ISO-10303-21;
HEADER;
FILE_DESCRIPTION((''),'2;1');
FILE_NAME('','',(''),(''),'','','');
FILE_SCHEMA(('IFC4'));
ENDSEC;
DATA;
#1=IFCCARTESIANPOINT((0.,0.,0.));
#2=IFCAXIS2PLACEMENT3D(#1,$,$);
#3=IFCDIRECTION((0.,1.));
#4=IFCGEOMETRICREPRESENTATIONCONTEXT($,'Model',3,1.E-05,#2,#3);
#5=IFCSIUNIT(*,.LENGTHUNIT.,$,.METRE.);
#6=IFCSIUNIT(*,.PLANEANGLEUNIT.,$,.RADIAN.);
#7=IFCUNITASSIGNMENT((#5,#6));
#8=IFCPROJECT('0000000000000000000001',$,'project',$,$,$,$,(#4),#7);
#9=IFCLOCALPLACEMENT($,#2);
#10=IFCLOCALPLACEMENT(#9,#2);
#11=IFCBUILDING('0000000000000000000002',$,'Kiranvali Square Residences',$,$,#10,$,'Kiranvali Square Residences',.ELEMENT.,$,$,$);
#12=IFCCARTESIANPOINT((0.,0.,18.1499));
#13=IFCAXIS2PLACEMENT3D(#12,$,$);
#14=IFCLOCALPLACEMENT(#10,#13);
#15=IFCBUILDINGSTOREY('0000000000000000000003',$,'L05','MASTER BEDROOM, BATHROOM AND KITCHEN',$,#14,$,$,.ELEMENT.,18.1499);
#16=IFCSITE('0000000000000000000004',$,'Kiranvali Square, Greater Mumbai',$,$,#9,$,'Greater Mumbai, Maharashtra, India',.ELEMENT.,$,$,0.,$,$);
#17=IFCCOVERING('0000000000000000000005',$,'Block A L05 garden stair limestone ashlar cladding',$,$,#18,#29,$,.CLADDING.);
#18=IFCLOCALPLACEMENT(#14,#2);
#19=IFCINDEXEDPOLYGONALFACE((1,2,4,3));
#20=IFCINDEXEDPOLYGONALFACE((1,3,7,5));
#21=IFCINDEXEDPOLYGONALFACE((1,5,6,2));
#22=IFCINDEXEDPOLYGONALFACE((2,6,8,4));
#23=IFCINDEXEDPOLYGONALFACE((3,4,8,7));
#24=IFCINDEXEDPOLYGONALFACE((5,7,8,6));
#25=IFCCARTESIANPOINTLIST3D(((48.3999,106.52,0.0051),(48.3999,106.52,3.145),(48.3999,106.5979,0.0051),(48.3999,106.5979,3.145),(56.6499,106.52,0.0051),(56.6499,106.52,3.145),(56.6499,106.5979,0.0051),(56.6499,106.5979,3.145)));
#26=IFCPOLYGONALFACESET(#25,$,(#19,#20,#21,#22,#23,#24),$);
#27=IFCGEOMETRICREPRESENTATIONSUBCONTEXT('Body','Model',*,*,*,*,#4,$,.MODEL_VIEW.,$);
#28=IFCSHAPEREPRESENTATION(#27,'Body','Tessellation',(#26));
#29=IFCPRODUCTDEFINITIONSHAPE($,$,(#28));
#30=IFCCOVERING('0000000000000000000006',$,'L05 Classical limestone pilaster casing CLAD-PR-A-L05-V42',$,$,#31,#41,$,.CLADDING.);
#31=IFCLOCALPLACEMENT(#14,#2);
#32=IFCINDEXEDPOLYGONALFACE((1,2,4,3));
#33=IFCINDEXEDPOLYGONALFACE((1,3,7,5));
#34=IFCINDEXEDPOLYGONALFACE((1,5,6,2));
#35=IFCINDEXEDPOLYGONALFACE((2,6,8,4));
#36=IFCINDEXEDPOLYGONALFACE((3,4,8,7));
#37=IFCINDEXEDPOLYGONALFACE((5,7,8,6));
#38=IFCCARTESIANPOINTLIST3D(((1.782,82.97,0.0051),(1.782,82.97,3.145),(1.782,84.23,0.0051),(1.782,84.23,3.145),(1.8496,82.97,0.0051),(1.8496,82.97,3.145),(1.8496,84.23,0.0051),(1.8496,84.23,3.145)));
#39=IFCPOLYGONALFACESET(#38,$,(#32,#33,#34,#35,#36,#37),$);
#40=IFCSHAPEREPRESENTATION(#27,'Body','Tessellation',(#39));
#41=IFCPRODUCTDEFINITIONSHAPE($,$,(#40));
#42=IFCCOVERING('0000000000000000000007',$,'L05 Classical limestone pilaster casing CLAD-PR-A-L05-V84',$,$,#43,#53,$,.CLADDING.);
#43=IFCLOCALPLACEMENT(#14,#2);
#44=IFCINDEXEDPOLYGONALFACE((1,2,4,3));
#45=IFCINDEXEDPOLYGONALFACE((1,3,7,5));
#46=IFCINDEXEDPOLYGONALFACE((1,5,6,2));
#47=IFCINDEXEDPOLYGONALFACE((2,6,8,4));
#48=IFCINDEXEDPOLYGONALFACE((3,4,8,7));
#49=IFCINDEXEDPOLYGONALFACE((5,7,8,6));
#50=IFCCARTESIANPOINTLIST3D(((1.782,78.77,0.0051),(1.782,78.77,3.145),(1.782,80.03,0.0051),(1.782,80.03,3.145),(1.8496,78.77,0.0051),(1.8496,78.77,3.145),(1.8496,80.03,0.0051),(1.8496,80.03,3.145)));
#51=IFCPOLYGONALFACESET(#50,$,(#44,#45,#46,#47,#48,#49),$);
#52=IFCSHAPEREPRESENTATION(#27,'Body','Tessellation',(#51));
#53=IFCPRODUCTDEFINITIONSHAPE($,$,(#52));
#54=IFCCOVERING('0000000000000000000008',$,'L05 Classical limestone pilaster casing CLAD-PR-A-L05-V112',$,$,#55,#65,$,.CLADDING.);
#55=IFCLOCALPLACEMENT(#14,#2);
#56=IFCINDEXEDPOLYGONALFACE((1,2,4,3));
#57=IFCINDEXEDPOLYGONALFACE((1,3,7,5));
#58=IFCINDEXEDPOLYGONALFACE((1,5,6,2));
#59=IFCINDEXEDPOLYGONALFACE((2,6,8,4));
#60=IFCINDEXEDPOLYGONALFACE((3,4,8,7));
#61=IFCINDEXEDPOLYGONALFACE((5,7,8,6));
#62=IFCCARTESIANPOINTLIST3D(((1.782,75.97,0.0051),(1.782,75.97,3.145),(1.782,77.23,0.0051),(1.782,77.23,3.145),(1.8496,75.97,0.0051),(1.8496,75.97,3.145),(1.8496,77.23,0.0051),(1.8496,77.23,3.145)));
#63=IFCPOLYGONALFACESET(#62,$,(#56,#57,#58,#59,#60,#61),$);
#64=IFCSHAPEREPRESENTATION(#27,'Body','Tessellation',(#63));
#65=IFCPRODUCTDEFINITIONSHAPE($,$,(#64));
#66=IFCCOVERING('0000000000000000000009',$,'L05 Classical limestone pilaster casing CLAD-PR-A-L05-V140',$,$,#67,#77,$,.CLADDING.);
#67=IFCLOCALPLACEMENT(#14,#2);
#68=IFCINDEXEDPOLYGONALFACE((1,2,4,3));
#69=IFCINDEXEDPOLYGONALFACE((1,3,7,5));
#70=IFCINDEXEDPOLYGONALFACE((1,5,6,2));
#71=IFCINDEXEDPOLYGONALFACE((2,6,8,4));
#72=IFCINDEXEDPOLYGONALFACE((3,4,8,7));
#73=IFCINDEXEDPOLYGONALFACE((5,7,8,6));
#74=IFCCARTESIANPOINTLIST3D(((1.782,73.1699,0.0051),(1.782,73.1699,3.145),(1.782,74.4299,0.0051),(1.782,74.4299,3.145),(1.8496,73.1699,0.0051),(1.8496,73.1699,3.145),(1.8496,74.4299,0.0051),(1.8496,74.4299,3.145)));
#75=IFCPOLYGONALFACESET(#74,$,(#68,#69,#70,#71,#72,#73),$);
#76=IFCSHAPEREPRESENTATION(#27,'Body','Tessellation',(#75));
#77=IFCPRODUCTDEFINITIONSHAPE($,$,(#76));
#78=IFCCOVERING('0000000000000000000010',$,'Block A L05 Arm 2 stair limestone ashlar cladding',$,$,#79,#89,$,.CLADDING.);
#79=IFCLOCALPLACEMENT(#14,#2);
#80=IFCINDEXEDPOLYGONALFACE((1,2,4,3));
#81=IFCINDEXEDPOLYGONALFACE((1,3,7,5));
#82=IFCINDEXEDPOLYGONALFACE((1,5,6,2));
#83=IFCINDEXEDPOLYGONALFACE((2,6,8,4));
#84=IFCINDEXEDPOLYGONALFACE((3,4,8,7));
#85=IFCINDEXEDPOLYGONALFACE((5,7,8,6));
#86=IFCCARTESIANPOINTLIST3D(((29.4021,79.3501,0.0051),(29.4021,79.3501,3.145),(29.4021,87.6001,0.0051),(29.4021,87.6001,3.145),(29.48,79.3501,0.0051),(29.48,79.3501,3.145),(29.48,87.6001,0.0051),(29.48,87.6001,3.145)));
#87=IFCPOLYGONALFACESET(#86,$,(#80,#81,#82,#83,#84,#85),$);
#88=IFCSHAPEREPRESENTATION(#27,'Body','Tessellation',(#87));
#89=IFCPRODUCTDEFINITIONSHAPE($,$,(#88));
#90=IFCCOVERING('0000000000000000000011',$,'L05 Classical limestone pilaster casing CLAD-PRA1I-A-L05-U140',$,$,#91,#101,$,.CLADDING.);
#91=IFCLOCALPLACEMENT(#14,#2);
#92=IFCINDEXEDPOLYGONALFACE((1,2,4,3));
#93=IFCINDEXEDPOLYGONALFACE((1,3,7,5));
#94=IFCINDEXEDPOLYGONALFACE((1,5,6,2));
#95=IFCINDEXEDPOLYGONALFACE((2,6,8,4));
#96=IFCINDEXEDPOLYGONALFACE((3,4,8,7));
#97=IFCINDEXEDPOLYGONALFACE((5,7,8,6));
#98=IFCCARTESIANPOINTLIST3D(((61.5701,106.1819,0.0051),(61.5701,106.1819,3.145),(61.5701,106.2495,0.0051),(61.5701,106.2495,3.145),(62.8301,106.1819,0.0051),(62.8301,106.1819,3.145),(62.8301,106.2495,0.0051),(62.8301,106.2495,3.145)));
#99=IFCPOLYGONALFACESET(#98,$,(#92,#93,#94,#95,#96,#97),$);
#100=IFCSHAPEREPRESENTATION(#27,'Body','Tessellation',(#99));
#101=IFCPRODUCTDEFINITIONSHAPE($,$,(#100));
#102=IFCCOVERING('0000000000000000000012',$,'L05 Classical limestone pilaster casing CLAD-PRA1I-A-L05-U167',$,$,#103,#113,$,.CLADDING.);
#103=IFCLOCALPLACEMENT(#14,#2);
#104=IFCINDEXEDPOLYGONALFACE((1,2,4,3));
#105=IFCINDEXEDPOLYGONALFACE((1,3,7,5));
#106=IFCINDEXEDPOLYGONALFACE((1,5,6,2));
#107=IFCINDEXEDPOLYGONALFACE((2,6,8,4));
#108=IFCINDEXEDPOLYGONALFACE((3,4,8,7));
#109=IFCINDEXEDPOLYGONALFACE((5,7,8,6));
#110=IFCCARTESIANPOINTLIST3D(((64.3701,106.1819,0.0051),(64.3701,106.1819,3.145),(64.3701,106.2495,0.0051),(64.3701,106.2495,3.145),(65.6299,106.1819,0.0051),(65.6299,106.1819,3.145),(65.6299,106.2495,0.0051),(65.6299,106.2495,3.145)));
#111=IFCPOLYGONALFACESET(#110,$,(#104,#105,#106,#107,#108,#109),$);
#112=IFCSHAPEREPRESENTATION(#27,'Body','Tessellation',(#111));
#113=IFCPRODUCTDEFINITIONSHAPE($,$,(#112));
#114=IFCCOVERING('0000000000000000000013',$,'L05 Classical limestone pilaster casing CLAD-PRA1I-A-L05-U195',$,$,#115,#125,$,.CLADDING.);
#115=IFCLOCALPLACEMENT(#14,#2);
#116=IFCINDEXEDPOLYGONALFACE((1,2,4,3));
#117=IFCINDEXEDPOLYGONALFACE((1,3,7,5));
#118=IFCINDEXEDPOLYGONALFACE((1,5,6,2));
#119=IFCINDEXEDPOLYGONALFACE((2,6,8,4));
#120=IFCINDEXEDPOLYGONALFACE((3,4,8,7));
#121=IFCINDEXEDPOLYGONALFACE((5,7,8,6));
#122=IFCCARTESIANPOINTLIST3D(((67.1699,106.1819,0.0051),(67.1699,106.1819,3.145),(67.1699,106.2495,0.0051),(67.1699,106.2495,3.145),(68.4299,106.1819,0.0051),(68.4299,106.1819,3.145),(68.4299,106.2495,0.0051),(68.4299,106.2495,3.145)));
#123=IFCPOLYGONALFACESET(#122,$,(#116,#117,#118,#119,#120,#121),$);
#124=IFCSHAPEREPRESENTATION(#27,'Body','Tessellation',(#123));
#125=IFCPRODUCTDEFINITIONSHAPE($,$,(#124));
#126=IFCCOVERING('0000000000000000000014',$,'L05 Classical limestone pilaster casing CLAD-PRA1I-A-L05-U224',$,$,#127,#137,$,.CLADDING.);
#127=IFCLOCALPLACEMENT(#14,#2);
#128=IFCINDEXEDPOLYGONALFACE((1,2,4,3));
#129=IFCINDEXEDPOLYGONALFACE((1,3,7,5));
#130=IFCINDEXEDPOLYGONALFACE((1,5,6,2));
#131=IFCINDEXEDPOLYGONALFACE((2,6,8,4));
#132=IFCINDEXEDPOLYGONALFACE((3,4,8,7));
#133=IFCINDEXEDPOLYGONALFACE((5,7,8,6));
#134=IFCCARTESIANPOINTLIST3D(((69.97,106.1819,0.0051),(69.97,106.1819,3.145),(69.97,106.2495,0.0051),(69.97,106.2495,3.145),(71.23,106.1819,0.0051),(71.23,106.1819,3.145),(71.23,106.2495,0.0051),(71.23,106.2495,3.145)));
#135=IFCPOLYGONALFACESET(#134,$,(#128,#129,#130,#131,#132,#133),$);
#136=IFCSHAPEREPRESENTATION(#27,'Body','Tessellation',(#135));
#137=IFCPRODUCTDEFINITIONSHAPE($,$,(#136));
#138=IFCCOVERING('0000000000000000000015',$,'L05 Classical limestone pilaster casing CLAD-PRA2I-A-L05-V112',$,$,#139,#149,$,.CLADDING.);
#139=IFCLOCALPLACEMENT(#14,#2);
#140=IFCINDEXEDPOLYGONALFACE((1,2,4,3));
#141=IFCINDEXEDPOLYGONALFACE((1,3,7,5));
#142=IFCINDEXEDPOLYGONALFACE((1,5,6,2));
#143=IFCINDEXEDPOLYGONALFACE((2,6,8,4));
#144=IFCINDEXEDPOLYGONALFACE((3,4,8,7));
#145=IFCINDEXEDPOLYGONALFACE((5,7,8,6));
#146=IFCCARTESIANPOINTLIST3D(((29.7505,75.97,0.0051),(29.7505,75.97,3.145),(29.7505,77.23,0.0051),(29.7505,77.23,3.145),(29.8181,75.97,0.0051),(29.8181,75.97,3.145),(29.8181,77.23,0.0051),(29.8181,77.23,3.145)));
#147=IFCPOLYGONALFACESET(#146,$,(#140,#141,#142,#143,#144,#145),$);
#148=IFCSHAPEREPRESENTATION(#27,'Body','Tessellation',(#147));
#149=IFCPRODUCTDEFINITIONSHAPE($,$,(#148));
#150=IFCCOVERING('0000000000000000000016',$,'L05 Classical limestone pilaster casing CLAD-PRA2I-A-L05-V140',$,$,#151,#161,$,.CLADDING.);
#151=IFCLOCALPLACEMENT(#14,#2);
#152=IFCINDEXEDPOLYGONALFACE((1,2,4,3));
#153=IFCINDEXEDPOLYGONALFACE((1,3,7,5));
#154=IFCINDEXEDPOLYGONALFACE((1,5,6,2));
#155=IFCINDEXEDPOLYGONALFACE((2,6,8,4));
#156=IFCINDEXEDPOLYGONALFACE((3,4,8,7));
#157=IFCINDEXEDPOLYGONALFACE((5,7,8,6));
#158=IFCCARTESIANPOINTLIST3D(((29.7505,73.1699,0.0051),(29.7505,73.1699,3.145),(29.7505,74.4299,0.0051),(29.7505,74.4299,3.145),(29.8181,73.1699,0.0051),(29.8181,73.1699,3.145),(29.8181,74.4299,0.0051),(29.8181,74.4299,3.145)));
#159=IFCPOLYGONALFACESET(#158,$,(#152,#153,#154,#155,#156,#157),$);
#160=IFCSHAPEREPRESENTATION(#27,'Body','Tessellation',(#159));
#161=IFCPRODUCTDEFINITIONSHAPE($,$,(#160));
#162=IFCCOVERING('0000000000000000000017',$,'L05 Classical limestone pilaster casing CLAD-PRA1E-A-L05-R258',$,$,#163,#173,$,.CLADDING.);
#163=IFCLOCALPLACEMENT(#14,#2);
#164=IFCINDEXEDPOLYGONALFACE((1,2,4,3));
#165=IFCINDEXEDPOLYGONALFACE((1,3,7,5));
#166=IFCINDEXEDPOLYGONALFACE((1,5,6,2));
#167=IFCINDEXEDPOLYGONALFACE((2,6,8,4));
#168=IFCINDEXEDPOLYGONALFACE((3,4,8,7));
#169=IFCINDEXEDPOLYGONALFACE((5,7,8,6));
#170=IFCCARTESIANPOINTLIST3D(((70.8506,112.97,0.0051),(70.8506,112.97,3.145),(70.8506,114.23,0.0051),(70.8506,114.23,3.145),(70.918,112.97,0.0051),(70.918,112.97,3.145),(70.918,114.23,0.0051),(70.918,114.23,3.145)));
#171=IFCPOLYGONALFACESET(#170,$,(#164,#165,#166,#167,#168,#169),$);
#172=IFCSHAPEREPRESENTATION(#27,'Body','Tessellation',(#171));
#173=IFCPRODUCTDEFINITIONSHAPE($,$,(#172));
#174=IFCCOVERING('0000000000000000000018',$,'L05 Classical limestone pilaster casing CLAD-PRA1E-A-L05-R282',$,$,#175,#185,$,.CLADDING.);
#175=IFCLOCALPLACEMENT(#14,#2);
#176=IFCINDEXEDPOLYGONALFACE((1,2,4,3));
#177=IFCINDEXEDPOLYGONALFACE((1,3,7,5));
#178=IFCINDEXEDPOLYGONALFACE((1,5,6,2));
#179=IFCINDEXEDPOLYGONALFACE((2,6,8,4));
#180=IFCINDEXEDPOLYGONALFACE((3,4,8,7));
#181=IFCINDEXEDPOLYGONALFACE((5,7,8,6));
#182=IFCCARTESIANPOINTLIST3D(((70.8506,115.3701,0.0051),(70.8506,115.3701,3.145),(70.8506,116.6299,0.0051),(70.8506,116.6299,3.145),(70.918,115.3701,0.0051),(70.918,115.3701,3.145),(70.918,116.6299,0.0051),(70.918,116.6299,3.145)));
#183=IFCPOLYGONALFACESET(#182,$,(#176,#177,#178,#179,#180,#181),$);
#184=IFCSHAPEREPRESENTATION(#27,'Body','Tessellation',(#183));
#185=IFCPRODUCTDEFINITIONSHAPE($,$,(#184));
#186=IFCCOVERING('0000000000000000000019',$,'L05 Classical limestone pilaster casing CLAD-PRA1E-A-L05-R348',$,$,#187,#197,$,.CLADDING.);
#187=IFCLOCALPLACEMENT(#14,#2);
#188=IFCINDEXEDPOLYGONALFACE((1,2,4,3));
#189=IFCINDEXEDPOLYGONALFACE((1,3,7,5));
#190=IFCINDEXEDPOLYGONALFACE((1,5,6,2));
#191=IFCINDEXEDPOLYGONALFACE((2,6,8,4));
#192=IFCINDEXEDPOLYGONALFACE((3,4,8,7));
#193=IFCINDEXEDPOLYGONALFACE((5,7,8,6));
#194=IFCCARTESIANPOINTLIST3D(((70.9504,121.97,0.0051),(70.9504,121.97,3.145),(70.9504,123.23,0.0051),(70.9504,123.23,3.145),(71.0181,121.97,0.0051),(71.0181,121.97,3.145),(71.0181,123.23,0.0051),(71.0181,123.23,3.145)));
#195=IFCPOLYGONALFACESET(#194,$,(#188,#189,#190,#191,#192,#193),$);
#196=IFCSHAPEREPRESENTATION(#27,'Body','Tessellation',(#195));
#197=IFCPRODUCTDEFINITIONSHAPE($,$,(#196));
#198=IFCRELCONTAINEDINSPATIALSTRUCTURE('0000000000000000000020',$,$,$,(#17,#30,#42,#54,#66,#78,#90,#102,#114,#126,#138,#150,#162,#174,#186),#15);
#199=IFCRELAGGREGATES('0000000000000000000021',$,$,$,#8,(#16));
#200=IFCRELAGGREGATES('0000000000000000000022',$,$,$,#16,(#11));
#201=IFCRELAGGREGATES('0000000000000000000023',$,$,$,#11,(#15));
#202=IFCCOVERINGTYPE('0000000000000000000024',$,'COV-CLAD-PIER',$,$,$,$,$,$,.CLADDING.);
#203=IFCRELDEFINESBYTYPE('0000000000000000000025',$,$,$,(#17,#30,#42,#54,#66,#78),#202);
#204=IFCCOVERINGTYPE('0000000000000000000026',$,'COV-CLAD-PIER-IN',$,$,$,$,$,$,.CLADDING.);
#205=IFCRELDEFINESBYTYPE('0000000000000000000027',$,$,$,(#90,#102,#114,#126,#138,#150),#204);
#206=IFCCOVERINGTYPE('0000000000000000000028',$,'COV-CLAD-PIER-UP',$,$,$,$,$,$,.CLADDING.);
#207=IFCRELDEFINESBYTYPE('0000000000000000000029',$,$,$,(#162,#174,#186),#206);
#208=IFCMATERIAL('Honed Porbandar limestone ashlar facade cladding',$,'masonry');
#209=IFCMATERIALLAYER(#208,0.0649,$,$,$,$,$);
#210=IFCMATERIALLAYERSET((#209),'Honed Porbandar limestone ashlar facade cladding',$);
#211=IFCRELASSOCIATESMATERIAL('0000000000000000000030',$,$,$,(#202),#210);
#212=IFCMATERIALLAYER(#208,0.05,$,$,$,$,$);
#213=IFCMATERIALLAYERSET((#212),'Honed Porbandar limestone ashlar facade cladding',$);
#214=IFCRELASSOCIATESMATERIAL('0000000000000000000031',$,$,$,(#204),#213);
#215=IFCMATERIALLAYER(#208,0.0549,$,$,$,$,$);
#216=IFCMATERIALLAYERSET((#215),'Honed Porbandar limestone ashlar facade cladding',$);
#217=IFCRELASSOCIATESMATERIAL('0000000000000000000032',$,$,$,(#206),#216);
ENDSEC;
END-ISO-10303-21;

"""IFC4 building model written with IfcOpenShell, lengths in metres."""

from ifc_helpers import new_model, si_unit, direction, frame, origin, place, context, subcontext, project, spatial, polyline, outline, extrude, material, layer, layer_set, type_object, element, save


model = new_model("IFC4")

# Units and contexts
model_context = context("Model", 3, precision=1e-05, world=origin(), true_north=direction((0.0, 1.0)))
body_context = subcontext(model_context, "Body", "Model", "MODEL_VIEW")
ifc_project = project(units=[si_unit("LENGTHUNIT", "METRE"), si_unit("PLANEANGLEUNIT", "RADIAN")], contexts=[model_context])

# Site, building, storey
site_placement = place(None, origin())
site = spatial("IfcSite", under=ifc_project, at=site_placement, Name="Kiranvali Square, Greater Mumbai", LongName="Greater Mumbai, Maharashtra, India", CompositionType="ELEMENT", RefElevation=0.0)
building_placement = place(site_placement, origin())
building = spatial("IfcBuilding", under=site, at=building_placement, Name="Kiranvali Square Residences", LongName="Kiranvali Square Residences", CompositionType="ELEMENT")
storey_placement = place(building_placement, frame((0.0, 0.0, 18.1499)))
storey = spatial("IfcBuildingStorey", under=building, at=storey_placement, Name="L05", Description="MASTER BEDROOM, BATHROOM AND KITCHEN", CompositionType="ELEMENT", Elevation=18.1499)

# Coverings
ifc_material = material(Name="Honed Porbandar limestone ashlar facade cladding", Category="masonry")
ifc_layer_1 = layer(ifc_material, 0.0649)
ifc_layer_set_1 = layer_set([ifc_layer_1], Name="Honed Porbandar limestone ashlar facade cladding")
covering_type_1 = type_object("IfcCoveringType", Name="COV-CLAD-PIER", PredefinedType="CLADDING", material=ifc_layer_set_1)
covering_1_placement = place(storey_placement, frame((0.0, 0.0, 0.0051)))
element("IfcCovering", 1, at=covering_1_placement, inside=storey, type_object=covering_type_1, Name="Block A L05 garden stair limestone ashlar cladding", PredefinedType="CLADDING", context=body_context, shape_type="SweptSolid", body=[
    extrude(outline(polyline([(48.3999, 106.52), (56.6499, 106.52), (56.6499, 106.5979), (48.3999, 106.5979), (48.3999, 106.52)])), origin(), (0.0, 0.0, 1.0), 3.1399),
])
covering_2_placement = place(storey_placement, frame((0.0, 0.0, 0.0051)))
element("IfcCovering", 2, at=covering_2_placement, inside=storey, type_object=covering_type_1, Name="L05 Classical limestone pilaster casing CLAD-PR-A-L05-V42", PredefinedType="CLADDING", context=body_context, shape_type="SweptSolid", body=[
    extrude(outline(polyline([(1.782, 84.23), (1.782, 82.97), (1.8496, 82.97), (1.8496, 84.23), (1.782, 84.23)])), origin(), (0.0, 0.0, 1.0), 3.1399),
])
covering_3_placement = place(storey_placement, frame((0.0, 0.0, 0.0051)))
element("IfcCovering", 3, at=covering_3_placement, inside=storey, type_object=covering_type_1, Name="L05 Classical limestone pilaster casing CLAD-PR-A-L05-V84", PredefinedType="CLADDING", context=body_context, shape_type="SweptSolid", body=[
    extrude(outline(polyline([(1.782, 80.03), (1.782, 78.77), (1.8496, 78.77), (1.8496, 80.03), (1.782, 80.03)])), origin(), (0.0, 0.0, 1.0), 3.1399),
])
covering_4_placement = place(storey_placement, frame((0.0, 0.0, 0.0051)))
element("IfcCovering", 4, at=covering_4_placement, inside=storey, type_object=covering_type_1, Name="L05 Classical limestone pilaster casing CLAD-PR-A-L05-V112", PredefinedType="CLADDING", context=body_context, shape_type="SweptSolid", body=[
    extrude(outline(polyline([(1.782, 77.23), (1.782, 75.97), (1.8496, 75.97), (1.8496, 77.23), (1.782, 77.23)])), origin(), (0.0, 0.0, 1.0), 3.1399),
])
covering_5_placement = place(storey_placement, frame((0.0, 0.0, 0.0051)))
element("IfcCovering", 5, at=covering_5_placement, inside=storey, type_object=covering_type_1, Name="L05 Classical limestone pilaster casing CLAD-PR-A-L05-V140", PredefinedType="CLADDING", context=body_context, shape_type="SweptSolid", body=[
    extrude(outline(polyline([(1.782, 74.4299), (1.782, 73.1699), (1.8496, 73.1699), (1.8496, 74.4299), (1.782, 74.4299)])), origin(), (0.0, 0.0, 1.0), 3.1399),
])
covering_6_placement = place(storey_placement, frame((0.0, 0.0, 0.0051)))
element("IfcCovering", 6, at=covering_6_placement, inside=storey, type_object=covering_type_1, Name="Block A L05 Arm 2 stair limestone ashlar cladding", PredefinedType="CLADDING", context=body_context, shape_type="SweptSolid", body=[
    extrude(outline(polyline([(29.4021, 87.6001), (29.4021, 79.3501), (29.48, 79.3501), (29.48, 87.6001), (29.4021, 87.6001)])), origin(), (0.0, 0.0, 1.0), 3.1399),
])
ifc_layer_2 = layer(ifc_material, 0.05)
ifc_layer_set_2 = layer_set([ifc_layer_2], Name="Honed Porbandar limestone ashlar facade cladding")
covering_type_2 = type_object("IfcCoveringType", Name="COV-CLAD-PIER-IN", PredefinedType="CLADDING", material=ifc_layer_set_2)
covering_7_placement = place(storey_placement, frame((0.0, 0.0, 0.0051)))
element("IfcCovering", 7, at=covering_7_placement, inside=storey, type_object=covering_type_2, Name="L05 Classical limestone pilaster casing CLAD-PRA1I-A-L05-U140", PredefinedType="CLADDING", context=body_context, shape_type="SweptSolid", body=[
    extrude(outline(polyline([(61.5701, 106.1819), (62.8301, 106.1819), (62.8301, 106.2495), (61.5701, 106.2495), (61.5701, 106.1819)])), origin(), (0.0, 0.0, 1.0), 3.1399),
])
covering_8_placement = place(storey_placement, frame((0.0, 0.0, 0.0051)))
element("IfcCovering", 8, at=covering_8_placement, inside=storey, type_object=covering_type_2, Name="L05 Classical limestone pilaster casing CLAD-PRA1I-A-L05-U167", PredefinedType="CLADDING", context=body_context, shape_type="SweptSolid", body=[
    extrude(outline(polyline([(64.3701, 106.1819), (65.6299, 106.1819), (65.6299, 106.2495), (64.3701, 106.2495), (64.3701, 106.1819)])), origin(), (0.0, 0.0, 1.0), 3.1399),
])
covering_9_placement = place(storey_placement, frame((0.0, 0.0, 0.0051)))
element("IfcCovering", 9, at=covering_9_placement, inside=storey, type_object=covering_type_2, Name="L05 Classical limestone pilaster casing CLAD-PRA1I-A-L05-U195", PredefinedType="CLADDING", context=body_context, shape_type="SweptSolid", body=[
    extrude(outline(polyline([(67.1699, 106.1819), (68.4299, 106.1819), (68.4299, 106.2495), (67.1699, 106.2495), (67.1699, 106.1819)])), origin(), (0.0, 0.0, 1.0), 3.1399),
])
covering_10_placement = place(storey_placement, frame((0.0, 0.0, 0.0051)))
element("IfcCovering", 10, at=covering_10_placement, inside=storey, type_object=covering_type_2, Name="L05 Classical limestone pilaster casing CLAD-PRA1I-A-L05-U224", PredefinedType="CLADDING", context=body_context, shape_type="SweptSolid", body=[
    extrude(outline(polyline([(69.97, 106.1819), (71.23, 106.1819), (71.23, 106.2495), (69.97, 106.2495), (69.97, 106.1819)])), origin(), (0.0, 0.0, 1.0), 3.1399),
])
covering_11_placement = place(storey_placement, frame((0.0, 0.0, 0.0051)))
element("IfcCovering", 11, at=covering_11_placement, inside=storey, type_object=covering_type_2, Name="L05 Classical limestone pilaster casing CLAD-PRA2I-A-L05-V112", PredefinedType="CLADDING", context=body_context, shape_type="SweptSolid", body=[
    extrude(outline(polyline([(29.7505, 77.23), (29.7505, 75.97), (29.8181, 75.97), (29.8181, 77.23), (29.7505, 77.23)])), origin(), (0.0, 0.0, 1.0), 3.1399),
])
covering_12_placement = place(storey_placement, frame((0.0, 0.0, 0.0051)))
element("IfcCovering", 12, at=covering_12_placement, inside=storey, type_object=covering_type_2, Name="L05 Classical limestone pilaster casing CLAD-PRA2I-A-L05-V140", PredefinedType="CLADDING", context=body_context, shape_type="SweptSolid", body=[
    extrude(outline(polyline([(29.7505, 74.4299), (29.7505, 73.1699), (29.8181, 73.1699), (29.8181, 74.4299), (29.7505, 74.4299)])), origin(), (0.0, 0.0, 1.0), 3.1399),
])
ifc_layer_3 = layer(ifc_material, 0.0549)
ifc_layer_set_3 = layer_set([ifc_layer_3], Name="Honed Porbandar limestone ashlar facade cladding")
covering_type_3 = type_object("IfcCoveringType", Name="COV-CLAD-PIER-UP", PredefinedType="CLADDING", material=ifc_layer_set_3)
covering_13_placement = place(storey_placement, frame((0.0, 0.0, 0.0051)))
element("IfcCovering", 13, at=covering_13_placement, inside=storey, type_object=covering_type_3, Name="L05 Classical limestone pilaster casing CLAD-PRA1E-A-L05-R258", PredefinedType="CLADDING", context=body_context, shape_type="SweptSolid", body=[
    extrude(outline(polyline([(70.918, 112.97), (70.918, 114.23), (70.8506, 114.23), (70.8506, 112.97), (70.918, 112.97)])), origin(), (0.0, 0.0, 1.0), 3.1399),
])
covering_14_placement = place(storey_placement, frame((0.0, 0.0, 0.0051)))
element("IfcCovering", 14, at=covering_14_placement, inside=storey, type_object=covering_type_3, Name="L05 Classical limestone pilaster casing CLAD-PRA1E-A-L05-R282", PredefinedType="CLADDING", context=body_context, shape_type="SweptSolid", body=[
    extrude(outline(polyline([(70.918, 115.3701), (70.918, 116.6299), (70.8506, 116.6299), (70.8506, 115.3701), (70.918, 115.3701)])), origin(), (0.0, 0.0, 1.0), 3.1399),
])
covering_15_placement = place(storey_placement, frame((0.0, 0.0, 0.0051)))
element("IfcCovering", 15, at=covering_15_placement, inside=storey, type_object=covering_type_3, Name="L05 Classical limestone pilaster casing CLAD-PRA1E-A-L05-R348", PredefinedType="CLADDING", context=body_context, shape_type="SweptSolid", body=[
    extrude(outline(polyline([(71.0181, 121.97), (71.0181, 123.23), (70.9504, 123.23), (70.9504, 121.97), (71.0181, 121.97)])), origin(), (0.0, 0.0, 1.0), 3.1399),
])

save(model, "model.ifc")
